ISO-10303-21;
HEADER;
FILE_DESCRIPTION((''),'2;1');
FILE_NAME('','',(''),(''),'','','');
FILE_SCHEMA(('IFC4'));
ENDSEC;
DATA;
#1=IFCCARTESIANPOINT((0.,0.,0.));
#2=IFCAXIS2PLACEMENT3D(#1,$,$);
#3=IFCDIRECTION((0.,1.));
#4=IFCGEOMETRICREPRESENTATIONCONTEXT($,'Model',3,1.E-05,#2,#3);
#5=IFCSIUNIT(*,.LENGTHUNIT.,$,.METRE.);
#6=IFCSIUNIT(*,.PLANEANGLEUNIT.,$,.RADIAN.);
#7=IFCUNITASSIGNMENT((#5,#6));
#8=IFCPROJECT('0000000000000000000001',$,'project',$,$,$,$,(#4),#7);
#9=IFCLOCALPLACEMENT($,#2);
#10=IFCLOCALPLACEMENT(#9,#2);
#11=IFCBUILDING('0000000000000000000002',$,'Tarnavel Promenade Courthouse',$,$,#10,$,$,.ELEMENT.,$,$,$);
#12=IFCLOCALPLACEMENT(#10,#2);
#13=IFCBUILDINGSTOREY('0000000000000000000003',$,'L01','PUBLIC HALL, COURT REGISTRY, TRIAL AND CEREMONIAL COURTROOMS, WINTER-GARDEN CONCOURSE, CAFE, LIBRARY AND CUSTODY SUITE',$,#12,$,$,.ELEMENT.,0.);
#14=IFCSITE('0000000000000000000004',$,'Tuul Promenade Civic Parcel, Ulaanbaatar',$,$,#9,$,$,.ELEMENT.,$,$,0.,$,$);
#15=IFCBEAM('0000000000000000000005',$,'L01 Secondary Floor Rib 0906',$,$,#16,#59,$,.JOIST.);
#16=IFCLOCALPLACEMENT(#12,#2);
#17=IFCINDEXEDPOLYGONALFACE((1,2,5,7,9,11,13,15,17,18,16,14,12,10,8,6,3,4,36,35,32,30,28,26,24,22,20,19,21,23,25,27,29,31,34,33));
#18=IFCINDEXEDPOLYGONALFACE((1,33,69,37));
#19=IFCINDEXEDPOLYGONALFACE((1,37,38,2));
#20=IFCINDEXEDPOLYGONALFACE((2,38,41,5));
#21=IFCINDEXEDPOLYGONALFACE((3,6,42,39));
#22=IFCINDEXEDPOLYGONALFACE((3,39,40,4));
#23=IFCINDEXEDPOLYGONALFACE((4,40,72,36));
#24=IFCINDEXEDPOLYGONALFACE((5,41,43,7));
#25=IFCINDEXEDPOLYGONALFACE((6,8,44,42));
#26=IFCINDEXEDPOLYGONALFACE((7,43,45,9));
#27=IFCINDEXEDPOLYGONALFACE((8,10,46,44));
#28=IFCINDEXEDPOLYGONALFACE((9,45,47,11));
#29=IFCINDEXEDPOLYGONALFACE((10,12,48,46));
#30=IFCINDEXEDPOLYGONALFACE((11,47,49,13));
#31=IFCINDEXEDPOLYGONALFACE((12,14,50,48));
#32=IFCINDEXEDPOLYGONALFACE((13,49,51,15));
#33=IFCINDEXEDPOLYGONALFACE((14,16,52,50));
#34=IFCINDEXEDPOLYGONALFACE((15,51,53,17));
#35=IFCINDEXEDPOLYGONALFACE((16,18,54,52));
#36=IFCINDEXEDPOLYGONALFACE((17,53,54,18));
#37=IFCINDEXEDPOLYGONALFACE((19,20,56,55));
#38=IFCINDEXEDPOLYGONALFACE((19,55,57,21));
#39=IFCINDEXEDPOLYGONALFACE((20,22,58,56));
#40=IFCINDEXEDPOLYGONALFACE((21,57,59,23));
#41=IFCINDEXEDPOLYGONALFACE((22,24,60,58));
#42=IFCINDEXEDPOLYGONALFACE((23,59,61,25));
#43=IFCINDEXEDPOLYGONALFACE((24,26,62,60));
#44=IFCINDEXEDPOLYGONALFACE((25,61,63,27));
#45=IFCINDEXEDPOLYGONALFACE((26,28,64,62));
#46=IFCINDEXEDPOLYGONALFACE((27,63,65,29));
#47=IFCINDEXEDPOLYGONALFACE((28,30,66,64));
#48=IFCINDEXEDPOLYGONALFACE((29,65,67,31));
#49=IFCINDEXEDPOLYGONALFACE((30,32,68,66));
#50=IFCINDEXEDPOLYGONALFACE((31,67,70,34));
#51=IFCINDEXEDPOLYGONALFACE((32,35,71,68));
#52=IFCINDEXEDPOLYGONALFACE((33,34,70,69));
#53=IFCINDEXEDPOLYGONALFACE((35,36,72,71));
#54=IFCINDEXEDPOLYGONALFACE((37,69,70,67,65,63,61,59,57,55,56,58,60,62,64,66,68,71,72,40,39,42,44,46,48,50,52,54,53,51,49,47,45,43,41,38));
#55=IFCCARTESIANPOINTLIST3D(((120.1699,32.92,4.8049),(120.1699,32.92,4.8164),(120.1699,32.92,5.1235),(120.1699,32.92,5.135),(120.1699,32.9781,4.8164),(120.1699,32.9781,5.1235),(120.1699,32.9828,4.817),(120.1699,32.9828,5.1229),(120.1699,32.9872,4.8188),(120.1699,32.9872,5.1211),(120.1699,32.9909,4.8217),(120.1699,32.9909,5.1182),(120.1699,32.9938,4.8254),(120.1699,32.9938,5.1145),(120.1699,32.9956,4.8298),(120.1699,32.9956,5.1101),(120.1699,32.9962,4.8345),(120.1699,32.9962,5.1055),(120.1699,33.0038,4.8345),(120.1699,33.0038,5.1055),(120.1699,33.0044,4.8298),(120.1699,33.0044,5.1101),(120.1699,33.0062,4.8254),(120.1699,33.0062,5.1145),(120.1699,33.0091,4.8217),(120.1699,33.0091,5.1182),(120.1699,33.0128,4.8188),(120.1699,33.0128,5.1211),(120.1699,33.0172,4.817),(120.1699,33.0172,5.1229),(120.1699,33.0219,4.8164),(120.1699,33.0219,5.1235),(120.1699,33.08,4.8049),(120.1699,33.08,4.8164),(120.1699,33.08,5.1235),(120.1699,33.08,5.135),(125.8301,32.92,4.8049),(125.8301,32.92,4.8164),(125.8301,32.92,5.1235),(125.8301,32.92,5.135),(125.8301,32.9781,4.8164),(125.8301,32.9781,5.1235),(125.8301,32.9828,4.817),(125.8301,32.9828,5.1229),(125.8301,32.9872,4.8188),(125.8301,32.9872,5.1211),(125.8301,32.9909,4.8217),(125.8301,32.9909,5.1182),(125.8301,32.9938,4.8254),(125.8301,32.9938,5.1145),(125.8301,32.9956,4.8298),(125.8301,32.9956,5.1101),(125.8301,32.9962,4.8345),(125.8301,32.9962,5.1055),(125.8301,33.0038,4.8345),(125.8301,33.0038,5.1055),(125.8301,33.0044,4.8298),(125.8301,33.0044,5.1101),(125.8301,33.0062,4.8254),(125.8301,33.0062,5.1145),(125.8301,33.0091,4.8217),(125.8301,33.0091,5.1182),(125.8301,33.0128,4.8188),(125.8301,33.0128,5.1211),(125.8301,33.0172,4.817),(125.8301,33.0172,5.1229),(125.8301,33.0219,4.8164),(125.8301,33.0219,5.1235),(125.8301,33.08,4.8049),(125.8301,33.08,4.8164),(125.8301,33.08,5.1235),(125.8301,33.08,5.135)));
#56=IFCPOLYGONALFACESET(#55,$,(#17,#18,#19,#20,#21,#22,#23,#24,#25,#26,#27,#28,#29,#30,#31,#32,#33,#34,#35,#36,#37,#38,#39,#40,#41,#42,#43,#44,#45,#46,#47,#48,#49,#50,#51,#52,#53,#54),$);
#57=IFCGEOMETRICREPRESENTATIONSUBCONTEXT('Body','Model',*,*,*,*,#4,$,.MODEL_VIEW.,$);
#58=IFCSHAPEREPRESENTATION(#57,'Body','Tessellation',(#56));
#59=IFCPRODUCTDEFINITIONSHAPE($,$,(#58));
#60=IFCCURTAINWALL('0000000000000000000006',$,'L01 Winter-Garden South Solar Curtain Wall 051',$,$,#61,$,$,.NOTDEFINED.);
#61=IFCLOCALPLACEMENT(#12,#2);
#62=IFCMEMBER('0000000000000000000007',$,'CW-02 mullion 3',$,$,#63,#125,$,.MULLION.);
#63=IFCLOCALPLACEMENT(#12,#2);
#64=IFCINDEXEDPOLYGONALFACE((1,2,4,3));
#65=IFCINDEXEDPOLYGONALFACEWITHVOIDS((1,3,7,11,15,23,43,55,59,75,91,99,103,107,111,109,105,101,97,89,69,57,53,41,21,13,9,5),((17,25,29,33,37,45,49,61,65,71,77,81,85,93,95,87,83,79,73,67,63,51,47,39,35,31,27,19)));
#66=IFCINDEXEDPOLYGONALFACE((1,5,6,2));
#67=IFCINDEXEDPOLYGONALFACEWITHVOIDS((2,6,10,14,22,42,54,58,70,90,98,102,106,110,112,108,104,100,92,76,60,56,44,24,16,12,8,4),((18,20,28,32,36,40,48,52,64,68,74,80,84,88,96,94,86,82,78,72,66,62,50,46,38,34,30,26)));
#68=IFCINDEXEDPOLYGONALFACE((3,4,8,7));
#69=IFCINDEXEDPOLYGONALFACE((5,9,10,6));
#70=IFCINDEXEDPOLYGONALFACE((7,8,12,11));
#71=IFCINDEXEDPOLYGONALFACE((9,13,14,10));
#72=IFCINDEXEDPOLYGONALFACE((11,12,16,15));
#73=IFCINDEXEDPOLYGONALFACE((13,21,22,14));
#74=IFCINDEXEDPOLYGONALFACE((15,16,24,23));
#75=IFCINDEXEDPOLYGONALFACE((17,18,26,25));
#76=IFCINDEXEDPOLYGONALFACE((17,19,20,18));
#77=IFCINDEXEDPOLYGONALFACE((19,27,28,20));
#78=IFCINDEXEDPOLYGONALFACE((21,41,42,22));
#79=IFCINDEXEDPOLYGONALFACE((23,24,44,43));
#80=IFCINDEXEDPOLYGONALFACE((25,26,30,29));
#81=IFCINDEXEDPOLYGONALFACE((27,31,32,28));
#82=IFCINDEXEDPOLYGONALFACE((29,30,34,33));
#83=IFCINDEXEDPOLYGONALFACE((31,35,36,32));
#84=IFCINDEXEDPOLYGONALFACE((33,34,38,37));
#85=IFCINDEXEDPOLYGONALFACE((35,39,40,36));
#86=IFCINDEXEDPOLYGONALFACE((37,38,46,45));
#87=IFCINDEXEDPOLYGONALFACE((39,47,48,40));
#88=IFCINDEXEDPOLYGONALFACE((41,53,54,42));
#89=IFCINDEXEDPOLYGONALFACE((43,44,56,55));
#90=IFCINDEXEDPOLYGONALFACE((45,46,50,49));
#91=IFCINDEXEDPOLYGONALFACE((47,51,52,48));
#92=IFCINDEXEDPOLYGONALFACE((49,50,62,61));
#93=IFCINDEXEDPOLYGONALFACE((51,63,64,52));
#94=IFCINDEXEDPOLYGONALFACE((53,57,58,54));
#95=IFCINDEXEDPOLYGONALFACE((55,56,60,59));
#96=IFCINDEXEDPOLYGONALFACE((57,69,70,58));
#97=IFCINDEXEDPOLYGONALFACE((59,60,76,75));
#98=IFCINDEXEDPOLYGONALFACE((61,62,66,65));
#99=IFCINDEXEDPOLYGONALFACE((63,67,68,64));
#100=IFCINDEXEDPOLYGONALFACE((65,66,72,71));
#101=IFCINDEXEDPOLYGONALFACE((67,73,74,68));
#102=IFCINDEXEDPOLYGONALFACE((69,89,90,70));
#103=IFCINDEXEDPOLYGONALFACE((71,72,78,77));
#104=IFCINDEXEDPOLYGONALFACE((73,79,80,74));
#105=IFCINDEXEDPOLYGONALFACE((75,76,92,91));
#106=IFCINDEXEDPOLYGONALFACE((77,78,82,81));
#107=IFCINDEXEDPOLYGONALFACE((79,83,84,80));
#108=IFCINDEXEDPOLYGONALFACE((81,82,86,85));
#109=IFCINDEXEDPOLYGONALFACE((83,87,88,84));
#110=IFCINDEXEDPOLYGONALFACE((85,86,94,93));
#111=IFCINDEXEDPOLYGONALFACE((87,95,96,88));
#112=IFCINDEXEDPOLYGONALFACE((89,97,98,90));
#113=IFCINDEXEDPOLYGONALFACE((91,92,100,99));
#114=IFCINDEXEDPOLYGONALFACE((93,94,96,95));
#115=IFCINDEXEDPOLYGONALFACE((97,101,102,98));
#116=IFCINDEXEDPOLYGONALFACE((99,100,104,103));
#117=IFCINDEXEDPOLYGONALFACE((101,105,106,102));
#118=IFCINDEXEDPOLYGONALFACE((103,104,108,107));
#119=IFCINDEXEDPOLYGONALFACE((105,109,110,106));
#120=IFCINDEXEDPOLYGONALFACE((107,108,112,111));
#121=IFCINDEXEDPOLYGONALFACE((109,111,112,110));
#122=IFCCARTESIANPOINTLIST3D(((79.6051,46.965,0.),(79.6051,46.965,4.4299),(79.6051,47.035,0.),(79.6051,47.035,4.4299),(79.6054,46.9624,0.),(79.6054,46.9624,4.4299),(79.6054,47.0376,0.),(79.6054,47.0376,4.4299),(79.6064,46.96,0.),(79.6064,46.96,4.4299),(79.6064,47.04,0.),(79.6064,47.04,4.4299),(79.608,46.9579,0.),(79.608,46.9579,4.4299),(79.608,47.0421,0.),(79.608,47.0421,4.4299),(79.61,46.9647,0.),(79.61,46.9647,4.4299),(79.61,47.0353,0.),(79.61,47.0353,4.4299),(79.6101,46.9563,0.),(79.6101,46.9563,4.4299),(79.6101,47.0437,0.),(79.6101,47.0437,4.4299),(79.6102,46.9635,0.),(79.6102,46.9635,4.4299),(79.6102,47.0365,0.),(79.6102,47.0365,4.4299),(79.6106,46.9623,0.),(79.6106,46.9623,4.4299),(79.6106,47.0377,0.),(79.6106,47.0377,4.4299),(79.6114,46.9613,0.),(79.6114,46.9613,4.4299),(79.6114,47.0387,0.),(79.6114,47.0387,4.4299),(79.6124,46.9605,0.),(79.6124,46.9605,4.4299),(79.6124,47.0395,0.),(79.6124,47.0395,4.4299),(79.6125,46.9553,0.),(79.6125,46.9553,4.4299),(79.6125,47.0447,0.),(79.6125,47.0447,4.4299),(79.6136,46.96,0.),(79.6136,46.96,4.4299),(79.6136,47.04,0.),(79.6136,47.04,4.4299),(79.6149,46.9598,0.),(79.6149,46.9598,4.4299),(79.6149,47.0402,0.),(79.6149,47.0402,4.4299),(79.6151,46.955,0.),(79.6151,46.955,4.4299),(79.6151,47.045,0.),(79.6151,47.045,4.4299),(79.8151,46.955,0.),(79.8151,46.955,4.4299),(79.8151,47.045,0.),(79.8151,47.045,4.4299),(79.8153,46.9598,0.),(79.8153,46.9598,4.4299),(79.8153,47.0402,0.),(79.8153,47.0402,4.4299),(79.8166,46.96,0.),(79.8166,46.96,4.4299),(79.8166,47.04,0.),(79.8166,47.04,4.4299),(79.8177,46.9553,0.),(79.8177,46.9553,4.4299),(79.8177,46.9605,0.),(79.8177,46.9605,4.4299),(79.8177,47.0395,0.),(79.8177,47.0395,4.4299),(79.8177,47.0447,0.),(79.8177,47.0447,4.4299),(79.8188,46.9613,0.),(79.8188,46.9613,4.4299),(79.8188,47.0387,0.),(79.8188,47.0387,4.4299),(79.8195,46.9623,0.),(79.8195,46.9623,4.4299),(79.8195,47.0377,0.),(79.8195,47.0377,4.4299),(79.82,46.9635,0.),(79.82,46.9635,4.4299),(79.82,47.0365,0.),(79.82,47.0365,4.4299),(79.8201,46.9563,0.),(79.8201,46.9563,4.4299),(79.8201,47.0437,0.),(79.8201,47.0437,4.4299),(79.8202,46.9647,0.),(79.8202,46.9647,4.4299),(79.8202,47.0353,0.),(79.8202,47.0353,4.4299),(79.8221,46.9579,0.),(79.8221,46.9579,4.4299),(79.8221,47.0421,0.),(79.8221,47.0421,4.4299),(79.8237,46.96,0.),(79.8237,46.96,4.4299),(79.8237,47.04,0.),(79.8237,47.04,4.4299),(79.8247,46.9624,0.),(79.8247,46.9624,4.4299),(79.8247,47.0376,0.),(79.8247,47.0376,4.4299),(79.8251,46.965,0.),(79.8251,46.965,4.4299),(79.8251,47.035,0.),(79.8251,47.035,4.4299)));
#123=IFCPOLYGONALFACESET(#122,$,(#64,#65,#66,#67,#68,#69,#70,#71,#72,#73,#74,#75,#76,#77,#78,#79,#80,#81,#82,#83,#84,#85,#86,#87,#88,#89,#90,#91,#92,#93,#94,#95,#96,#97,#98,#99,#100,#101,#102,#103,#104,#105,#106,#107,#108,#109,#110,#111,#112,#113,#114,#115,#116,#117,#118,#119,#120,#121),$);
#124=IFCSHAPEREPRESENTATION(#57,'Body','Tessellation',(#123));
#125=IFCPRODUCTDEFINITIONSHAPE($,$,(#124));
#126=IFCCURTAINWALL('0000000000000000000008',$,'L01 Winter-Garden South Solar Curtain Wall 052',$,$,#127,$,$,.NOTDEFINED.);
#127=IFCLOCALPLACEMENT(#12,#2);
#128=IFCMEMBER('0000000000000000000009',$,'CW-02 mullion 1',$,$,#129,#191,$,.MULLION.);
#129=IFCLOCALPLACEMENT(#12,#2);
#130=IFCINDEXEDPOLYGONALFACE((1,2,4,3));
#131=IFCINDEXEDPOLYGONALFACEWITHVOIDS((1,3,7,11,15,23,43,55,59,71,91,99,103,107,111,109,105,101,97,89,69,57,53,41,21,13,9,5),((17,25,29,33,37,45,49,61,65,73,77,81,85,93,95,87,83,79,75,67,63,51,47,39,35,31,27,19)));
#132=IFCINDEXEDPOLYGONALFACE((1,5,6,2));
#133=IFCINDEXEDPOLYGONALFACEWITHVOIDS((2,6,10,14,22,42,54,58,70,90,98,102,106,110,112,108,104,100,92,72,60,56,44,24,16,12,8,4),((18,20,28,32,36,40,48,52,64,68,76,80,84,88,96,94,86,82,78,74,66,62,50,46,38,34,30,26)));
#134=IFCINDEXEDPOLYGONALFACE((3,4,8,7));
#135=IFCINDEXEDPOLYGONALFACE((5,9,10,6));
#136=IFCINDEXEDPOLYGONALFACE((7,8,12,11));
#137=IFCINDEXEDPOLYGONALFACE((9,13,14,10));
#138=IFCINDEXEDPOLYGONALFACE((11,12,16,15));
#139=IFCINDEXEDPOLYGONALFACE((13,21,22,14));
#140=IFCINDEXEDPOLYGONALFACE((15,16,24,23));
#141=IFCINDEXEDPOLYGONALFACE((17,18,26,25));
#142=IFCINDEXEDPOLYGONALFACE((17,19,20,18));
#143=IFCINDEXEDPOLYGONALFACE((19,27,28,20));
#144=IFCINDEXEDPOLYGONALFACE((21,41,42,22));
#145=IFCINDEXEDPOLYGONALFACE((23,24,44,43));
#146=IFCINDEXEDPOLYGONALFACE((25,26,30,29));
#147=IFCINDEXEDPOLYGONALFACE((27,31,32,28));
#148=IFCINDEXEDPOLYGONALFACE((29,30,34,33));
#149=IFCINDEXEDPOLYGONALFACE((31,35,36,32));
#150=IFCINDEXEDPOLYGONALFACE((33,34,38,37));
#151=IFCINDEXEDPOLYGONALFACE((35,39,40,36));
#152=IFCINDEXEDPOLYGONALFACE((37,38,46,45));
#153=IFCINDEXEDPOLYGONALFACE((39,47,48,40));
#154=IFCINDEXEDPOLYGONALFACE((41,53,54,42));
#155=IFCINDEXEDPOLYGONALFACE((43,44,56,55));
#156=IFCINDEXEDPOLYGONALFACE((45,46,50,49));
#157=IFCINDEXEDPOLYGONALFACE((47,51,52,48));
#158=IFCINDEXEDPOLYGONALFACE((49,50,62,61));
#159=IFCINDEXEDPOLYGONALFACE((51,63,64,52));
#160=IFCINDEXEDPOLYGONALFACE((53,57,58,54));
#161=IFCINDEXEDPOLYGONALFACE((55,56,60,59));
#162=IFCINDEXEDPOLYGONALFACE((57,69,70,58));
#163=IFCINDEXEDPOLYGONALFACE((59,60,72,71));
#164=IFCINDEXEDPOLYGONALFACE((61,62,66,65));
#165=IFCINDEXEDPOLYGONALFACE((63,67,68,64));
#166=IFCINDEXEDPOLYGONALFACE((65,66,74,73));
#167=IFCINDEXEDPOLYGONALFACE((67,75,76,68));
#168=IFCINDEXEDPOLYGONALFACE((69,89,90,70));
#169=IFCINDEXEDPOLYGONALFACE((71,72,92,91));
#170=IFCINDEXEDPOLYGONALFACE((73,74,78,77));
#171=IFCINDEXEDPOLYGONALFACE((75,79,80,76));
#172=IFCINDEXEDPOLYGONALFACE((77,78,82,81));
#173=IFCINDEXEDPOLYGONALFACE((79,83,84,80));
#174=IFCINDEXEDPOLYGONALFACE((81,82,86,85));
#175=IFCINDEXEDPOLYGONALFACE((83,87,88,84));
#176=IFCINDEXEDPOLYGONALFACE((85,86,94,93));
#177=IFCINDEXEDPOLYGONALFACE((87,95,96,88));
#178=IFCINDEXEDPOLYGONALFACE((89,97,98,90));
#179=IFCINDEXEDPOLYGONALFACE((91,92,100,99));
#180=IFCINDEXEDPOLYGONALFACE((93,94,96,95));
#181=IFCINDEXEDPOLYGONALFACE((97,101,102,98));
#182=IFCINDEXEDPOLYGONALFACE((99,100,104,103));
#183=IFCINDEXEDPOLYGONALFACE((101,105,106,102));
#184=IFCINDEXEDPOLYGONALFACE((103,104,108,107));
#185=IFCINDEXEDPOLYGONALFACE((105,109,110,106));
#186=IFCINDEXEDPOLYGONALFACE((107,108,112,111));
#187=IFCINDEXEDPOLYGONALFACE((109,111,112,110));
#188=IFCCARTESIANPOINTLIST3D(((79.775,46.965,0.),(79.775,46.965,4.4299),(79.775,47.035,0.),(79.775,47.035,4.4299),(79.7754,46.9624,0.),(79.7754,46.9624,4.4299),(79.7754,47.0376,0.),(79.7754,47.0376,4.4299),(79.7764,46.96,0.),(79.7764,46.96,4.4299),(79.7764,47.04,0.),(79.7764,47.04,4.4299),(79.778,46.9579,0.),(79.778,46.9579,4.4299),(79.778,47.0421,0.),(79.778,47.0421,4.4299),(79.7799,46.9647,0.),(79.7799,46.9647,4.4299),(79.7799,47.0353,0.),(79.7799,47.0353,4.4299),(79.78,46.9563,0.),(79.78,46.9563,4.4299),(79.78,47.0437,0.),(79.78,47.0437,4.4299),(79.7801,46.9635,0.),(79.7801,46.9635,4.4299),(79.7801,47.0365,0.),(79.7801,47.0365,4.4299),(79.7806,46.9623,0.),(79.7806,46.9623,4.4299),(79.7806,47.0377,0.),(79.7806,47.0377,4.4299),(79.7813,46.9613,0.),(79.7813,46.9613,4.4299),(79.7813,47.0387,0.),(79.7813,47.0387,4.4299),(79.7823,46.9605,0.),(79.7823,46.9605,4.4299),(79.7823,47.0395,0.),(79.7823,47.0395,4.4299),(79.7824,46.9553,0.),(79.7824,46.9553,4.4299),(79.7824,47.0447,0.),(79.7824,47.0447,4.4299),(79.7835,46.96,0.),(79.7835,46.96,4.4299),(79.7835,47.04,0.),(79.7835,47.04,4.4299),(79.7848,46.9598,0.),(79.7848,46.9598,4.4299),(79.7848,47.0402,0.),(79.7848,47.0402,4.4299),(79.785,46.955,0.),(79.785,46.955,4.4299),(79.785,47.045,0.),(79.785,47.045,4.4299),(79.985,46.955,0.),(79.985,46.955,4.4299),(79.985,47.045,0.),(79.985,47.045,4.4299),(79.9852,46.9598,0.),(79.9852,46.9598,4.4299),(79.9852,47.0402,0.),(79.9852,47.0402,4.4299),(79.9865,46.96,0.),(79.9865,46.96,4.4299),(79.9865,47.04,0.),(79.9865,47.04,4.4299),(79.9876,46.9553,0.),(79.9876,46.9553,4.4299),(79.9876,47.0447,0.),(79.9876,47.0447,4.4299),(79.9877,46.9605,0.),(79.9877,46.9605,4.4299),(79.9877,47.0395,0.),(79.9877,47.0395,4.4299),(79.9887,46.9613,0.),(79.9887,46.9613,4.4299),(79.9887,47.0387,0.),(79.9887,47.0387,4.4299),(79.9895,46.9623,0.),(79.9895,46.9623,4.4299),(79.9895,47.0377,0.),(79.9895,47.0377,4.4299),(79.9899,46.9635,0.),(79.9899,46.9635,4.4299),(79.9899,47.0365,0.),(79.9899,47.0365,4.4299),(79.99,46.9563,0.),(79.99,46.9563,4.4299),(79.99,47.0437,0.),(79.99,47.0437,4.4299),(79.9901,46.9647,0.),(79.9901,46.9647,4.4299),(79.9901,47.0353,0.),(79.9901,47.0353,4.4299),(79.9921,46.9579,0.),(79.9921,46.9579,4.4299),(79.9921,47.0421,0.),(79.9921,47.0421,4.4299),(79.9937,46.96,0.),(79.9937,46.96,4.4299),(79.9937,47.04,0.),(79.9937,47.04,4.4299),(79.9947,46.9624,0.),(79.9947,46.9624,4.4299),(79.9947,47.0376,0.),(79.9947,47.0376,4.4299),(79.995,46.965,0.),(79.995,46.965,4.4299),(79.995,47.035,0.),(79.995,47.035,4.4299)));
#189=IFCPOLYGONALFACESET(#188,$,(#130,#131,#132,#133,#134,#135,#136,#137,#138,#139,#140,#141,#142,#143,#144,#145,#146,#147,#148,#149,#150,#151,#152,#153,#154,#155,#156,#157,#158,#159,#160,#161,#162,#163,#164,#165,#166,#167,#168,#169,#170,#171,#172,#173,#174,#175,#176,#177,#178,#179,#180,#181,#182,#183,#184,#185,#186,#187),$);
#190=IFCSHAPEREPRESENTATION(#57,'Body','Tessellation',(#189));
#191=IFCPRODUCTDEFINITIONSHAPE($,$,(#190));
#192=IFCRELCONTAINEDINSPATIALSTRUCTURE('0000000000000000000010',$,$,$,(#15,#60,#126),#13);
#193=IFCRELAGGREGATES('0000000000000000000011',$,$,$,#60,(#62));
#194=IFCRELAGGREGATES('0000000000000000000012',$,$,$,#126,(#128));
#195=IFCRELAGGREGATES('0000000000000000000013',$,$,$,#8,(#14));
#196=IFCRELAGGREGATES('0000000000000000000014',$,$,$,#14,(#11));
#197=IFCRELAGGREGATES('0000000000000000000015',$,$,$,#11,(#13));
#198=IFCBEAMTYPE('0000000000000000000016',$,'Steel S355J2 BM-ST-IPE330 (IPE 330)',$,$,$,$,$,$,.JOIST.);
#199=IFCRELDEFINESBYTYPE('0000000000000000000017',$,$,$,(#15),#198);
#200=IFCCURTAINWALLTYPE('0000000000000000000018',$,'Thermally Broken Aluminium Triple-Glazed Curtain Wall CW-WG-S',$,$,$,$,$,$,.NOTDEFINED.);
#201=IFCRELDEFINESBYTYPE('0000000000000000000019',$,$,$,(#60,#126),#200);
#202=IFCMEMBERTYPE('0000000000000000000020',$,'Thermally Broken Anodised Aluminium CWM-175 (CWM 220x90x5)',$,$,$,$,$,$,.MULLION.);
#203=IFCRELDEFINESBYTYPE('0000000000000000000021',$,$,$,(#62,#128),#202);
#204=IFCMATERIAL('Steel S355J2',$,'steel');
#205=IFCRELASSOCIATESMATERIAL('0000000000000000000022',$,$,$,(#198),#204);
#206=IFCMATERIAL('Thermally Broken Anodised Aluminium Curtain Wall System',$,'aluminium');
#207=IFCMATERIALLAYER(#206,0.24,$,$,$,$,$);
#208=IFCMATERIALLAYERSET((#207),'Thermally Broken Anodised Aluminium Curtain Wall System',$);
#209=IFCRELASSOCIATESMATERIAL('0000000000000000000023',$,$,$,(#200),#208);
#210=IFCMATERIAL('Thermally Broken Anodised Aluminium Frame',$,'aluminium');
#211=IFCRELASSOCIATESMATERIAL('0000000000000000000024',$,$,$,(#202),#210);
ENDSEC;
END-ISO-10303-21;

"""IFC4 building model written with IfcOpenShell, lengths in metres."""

from ifc_helpers import new_model, si_unit, direction, frame, origin, origin_2d, place, context, subcontext, project, spatial, hollow_rectangle, i_section, extrude, material, layer, layer_set, material_profile, profile_set, type_object, element, aggregate, save


model = new_model("IFC4")

# Units and contexts
model_context = context("Model", 3, precision=1e-05, world=origin(), true_north=direction((0.0, 1.0)))
body_context = subcontext(model_context, "Body", "Model", "MODEL_VIEW")
ifc_project = project(units=[si_unit("LENGTHUNIT", "METRE"), si_unit("PLANEANGLEUNIT", "RADIAN")], contexts=[model_context])

# Site, building, storey
site_placement = place(None, origin())
site = spatial("IfcSite", under=ifc_project, at=site_placement, Name="Tuul Promenade Civic Parcel, Ulaanbaatar", CompositionType="ELEMENT", RefElevation=0.0)
building_placement = place(site_placement, origin())
building = spatial("IfcBuilding", under=site, at=building_placement, Name="Tarnavel Promenade Courthouse", CompositionType="ELEMENT")
storey_placement = place(building_placement, origin())
storey = spatial("IfcBuildingStorey", under=building, at=storey_placement, Name="L01", Description="PUBLIC HALL, COURT REGISTRY, TRIAL AND CEREMONIAL COURTROOMS, WINTER-GARDEN CONCOURSE, CAFE, LIBRARY AND CUSTODY SUITE", CompositionType="ELEMENT", Elevation=0.0)

# Beam
ifc_material_1 = material(Name="Steel S355J2", Category="steel")
ifc_material_profile_1 = material_profile(ifc_material_1, i_section(OverallWidth=0.1599, OverallDepth=0.3301, WebThickness=0.0076, FlangeThickness=0.0115, FilletRadius=0.0181, at=origin_2d()), Name="IPE 330")
ifc_profile_set_1 = profile_set([ifc_material_profile_1], Name="Steel S355J2")
beam_type_1 = type_object("IfcBeamType", Name="Steel S355J2 BM-ST-IPE330 (IPE 330)", PredefinedType="JOIST", material=ifc_profile_set_1)
beam_1_placement = place(storey_placement, frame((120.1699, 33.0, 4.97), z_axis=(1.0, 0.0, 0.0), x_axis=(0.0, 1.0, 0.0)))
element("IfcBeam", 1, at=beam_1_placement, inside=storey, type_object=beam_type_1, Name="L01 Secondary Floor Rib 0906", PredefinedType="JOIST", context=body_context, shape_type="SweptSolid", body=[
    extrude(i_section(OverallWidth=0.1599, OverallDepth=0.3301, WebThickness=0.0076, FlangeThickness=0.0115, FilletRadius=0.0181, at=origin_2d()), origin(), (0.0, 0.0, 1.0), 5.6602),
])

# Curtain wall, member
ifc_material_2 = material(Name="Thermally Broken Anodised Aluminium Curtain Wall System", Category="aluminium")
ifc_layer_1 = layer(ifc_material_2, 0.24)
ifc_layer_set_1 = layer_set([ifc_layer_1], Name="Thermally Broken Anodised Aluminium Curtain Wall System")
curtain_wall_type = type_object("IfcCurtainWallType", Name="Thermally Broken Aluminium Triple-Glazed Curtain Wall CW-WG-S", PredefinedType="NOTDEFINED", material=ifc_layer_set_1)
curtain_wall_1_placement = place(storey_placement, origin())
curtain_wall_1 = element("IfcCurtainWall", 2, at=curtain_wall_1_placement, inside=storey, type_object=curtain_wall_type, Name="L01 Winter-Garden South Solar Curtain Wall 051", PredefinedType="NOTDEFINED")
ifc_material_3 = material(Name="Thermally Broken Anodised Aluminium Frame", Category="aluminium")
ifc_material_profile_2 = material_profile(ifc_material_3, hollow_rectangle(XDim=0.0901, YDim=0.22, WallThickness=0.0049, InnerFilletRadius=0.0049, OuterFilletRadius=0.01, at=origin_2d()), Name="CWM 220x90x5")
ifc_profile_set_2 = profile_set([ifc_material_profile_2], Name="Thermally Broken Anodised Aluminium Frame")
member_type_1 = type_object("IfcMemberType", Name="Thermally Broken Anodised Aluminium CWM-175 (CWM 220x90x5)", PredefinedType="MULLION", material=ifc_profile_set_2)
member_1_placement = place(storey_placement, frame((79.7151, 47.0, 0.0), z_axis=(0.0, 0.0, 1.0), x_axis=(0.0, 1.0, 0.0)))
member_1 = element("IfcMember", 3, at=member_1_placement, type_object=member_type_1, Name="CW-02 mullion 3", PredefinedType="MULLION", context=body_context, shape_type="SweptSolid", body=[
    extrude(hollow_rectangle(XDim=0.0901, YDim=0.22, WallThickness=0.0049, InnerFilletRadius=0.0049, OuterFilletRadius=0.01, at=origin_2d()), origin(), (0.0, 0.0, 1.0), 4.4299),
])
aggregate(curtain_wall_1, [member_1])

# Curtain wall, member
curtain_wall_2_placement = place(storey_placement, origin())
curtain_wall_2 = element("IfcCurtainWall", 4, at=curtain_wall_2_placement, inside=storey, type_object=curtain_wall_type, Name="L01 Winter-Garden South Solar Curtain Wall 052", PredefinedType="NOTDEFINED")
member_2_placement = place(storey_placement, frame((79.885, 47.0, 0.0), z_axis=(0.0, 0.0, 1.0), x_axis=(0.0, 1.0, 0.0)))
member_2 = element("IfcMember", 5, at=member_2_placement, type_object=member_type_1, Name="CW-02 mullion 1", PredefinedType="MULLION", context=body_context, shape_type="SweptSolid", body=[
    extrude(hollow_rectangle(XDim=0.0901, YDim=0.22, WallThickness=0.0049, InnerFilletRadius=0.0049, OuterFilletRadius=0.01, at=origin_2d()), origin(), (0.0, 0.0, 1.0), 4.4299),
])

aggregate(curtain_wall_2, [member_2])

save(model, "model.ifc")
